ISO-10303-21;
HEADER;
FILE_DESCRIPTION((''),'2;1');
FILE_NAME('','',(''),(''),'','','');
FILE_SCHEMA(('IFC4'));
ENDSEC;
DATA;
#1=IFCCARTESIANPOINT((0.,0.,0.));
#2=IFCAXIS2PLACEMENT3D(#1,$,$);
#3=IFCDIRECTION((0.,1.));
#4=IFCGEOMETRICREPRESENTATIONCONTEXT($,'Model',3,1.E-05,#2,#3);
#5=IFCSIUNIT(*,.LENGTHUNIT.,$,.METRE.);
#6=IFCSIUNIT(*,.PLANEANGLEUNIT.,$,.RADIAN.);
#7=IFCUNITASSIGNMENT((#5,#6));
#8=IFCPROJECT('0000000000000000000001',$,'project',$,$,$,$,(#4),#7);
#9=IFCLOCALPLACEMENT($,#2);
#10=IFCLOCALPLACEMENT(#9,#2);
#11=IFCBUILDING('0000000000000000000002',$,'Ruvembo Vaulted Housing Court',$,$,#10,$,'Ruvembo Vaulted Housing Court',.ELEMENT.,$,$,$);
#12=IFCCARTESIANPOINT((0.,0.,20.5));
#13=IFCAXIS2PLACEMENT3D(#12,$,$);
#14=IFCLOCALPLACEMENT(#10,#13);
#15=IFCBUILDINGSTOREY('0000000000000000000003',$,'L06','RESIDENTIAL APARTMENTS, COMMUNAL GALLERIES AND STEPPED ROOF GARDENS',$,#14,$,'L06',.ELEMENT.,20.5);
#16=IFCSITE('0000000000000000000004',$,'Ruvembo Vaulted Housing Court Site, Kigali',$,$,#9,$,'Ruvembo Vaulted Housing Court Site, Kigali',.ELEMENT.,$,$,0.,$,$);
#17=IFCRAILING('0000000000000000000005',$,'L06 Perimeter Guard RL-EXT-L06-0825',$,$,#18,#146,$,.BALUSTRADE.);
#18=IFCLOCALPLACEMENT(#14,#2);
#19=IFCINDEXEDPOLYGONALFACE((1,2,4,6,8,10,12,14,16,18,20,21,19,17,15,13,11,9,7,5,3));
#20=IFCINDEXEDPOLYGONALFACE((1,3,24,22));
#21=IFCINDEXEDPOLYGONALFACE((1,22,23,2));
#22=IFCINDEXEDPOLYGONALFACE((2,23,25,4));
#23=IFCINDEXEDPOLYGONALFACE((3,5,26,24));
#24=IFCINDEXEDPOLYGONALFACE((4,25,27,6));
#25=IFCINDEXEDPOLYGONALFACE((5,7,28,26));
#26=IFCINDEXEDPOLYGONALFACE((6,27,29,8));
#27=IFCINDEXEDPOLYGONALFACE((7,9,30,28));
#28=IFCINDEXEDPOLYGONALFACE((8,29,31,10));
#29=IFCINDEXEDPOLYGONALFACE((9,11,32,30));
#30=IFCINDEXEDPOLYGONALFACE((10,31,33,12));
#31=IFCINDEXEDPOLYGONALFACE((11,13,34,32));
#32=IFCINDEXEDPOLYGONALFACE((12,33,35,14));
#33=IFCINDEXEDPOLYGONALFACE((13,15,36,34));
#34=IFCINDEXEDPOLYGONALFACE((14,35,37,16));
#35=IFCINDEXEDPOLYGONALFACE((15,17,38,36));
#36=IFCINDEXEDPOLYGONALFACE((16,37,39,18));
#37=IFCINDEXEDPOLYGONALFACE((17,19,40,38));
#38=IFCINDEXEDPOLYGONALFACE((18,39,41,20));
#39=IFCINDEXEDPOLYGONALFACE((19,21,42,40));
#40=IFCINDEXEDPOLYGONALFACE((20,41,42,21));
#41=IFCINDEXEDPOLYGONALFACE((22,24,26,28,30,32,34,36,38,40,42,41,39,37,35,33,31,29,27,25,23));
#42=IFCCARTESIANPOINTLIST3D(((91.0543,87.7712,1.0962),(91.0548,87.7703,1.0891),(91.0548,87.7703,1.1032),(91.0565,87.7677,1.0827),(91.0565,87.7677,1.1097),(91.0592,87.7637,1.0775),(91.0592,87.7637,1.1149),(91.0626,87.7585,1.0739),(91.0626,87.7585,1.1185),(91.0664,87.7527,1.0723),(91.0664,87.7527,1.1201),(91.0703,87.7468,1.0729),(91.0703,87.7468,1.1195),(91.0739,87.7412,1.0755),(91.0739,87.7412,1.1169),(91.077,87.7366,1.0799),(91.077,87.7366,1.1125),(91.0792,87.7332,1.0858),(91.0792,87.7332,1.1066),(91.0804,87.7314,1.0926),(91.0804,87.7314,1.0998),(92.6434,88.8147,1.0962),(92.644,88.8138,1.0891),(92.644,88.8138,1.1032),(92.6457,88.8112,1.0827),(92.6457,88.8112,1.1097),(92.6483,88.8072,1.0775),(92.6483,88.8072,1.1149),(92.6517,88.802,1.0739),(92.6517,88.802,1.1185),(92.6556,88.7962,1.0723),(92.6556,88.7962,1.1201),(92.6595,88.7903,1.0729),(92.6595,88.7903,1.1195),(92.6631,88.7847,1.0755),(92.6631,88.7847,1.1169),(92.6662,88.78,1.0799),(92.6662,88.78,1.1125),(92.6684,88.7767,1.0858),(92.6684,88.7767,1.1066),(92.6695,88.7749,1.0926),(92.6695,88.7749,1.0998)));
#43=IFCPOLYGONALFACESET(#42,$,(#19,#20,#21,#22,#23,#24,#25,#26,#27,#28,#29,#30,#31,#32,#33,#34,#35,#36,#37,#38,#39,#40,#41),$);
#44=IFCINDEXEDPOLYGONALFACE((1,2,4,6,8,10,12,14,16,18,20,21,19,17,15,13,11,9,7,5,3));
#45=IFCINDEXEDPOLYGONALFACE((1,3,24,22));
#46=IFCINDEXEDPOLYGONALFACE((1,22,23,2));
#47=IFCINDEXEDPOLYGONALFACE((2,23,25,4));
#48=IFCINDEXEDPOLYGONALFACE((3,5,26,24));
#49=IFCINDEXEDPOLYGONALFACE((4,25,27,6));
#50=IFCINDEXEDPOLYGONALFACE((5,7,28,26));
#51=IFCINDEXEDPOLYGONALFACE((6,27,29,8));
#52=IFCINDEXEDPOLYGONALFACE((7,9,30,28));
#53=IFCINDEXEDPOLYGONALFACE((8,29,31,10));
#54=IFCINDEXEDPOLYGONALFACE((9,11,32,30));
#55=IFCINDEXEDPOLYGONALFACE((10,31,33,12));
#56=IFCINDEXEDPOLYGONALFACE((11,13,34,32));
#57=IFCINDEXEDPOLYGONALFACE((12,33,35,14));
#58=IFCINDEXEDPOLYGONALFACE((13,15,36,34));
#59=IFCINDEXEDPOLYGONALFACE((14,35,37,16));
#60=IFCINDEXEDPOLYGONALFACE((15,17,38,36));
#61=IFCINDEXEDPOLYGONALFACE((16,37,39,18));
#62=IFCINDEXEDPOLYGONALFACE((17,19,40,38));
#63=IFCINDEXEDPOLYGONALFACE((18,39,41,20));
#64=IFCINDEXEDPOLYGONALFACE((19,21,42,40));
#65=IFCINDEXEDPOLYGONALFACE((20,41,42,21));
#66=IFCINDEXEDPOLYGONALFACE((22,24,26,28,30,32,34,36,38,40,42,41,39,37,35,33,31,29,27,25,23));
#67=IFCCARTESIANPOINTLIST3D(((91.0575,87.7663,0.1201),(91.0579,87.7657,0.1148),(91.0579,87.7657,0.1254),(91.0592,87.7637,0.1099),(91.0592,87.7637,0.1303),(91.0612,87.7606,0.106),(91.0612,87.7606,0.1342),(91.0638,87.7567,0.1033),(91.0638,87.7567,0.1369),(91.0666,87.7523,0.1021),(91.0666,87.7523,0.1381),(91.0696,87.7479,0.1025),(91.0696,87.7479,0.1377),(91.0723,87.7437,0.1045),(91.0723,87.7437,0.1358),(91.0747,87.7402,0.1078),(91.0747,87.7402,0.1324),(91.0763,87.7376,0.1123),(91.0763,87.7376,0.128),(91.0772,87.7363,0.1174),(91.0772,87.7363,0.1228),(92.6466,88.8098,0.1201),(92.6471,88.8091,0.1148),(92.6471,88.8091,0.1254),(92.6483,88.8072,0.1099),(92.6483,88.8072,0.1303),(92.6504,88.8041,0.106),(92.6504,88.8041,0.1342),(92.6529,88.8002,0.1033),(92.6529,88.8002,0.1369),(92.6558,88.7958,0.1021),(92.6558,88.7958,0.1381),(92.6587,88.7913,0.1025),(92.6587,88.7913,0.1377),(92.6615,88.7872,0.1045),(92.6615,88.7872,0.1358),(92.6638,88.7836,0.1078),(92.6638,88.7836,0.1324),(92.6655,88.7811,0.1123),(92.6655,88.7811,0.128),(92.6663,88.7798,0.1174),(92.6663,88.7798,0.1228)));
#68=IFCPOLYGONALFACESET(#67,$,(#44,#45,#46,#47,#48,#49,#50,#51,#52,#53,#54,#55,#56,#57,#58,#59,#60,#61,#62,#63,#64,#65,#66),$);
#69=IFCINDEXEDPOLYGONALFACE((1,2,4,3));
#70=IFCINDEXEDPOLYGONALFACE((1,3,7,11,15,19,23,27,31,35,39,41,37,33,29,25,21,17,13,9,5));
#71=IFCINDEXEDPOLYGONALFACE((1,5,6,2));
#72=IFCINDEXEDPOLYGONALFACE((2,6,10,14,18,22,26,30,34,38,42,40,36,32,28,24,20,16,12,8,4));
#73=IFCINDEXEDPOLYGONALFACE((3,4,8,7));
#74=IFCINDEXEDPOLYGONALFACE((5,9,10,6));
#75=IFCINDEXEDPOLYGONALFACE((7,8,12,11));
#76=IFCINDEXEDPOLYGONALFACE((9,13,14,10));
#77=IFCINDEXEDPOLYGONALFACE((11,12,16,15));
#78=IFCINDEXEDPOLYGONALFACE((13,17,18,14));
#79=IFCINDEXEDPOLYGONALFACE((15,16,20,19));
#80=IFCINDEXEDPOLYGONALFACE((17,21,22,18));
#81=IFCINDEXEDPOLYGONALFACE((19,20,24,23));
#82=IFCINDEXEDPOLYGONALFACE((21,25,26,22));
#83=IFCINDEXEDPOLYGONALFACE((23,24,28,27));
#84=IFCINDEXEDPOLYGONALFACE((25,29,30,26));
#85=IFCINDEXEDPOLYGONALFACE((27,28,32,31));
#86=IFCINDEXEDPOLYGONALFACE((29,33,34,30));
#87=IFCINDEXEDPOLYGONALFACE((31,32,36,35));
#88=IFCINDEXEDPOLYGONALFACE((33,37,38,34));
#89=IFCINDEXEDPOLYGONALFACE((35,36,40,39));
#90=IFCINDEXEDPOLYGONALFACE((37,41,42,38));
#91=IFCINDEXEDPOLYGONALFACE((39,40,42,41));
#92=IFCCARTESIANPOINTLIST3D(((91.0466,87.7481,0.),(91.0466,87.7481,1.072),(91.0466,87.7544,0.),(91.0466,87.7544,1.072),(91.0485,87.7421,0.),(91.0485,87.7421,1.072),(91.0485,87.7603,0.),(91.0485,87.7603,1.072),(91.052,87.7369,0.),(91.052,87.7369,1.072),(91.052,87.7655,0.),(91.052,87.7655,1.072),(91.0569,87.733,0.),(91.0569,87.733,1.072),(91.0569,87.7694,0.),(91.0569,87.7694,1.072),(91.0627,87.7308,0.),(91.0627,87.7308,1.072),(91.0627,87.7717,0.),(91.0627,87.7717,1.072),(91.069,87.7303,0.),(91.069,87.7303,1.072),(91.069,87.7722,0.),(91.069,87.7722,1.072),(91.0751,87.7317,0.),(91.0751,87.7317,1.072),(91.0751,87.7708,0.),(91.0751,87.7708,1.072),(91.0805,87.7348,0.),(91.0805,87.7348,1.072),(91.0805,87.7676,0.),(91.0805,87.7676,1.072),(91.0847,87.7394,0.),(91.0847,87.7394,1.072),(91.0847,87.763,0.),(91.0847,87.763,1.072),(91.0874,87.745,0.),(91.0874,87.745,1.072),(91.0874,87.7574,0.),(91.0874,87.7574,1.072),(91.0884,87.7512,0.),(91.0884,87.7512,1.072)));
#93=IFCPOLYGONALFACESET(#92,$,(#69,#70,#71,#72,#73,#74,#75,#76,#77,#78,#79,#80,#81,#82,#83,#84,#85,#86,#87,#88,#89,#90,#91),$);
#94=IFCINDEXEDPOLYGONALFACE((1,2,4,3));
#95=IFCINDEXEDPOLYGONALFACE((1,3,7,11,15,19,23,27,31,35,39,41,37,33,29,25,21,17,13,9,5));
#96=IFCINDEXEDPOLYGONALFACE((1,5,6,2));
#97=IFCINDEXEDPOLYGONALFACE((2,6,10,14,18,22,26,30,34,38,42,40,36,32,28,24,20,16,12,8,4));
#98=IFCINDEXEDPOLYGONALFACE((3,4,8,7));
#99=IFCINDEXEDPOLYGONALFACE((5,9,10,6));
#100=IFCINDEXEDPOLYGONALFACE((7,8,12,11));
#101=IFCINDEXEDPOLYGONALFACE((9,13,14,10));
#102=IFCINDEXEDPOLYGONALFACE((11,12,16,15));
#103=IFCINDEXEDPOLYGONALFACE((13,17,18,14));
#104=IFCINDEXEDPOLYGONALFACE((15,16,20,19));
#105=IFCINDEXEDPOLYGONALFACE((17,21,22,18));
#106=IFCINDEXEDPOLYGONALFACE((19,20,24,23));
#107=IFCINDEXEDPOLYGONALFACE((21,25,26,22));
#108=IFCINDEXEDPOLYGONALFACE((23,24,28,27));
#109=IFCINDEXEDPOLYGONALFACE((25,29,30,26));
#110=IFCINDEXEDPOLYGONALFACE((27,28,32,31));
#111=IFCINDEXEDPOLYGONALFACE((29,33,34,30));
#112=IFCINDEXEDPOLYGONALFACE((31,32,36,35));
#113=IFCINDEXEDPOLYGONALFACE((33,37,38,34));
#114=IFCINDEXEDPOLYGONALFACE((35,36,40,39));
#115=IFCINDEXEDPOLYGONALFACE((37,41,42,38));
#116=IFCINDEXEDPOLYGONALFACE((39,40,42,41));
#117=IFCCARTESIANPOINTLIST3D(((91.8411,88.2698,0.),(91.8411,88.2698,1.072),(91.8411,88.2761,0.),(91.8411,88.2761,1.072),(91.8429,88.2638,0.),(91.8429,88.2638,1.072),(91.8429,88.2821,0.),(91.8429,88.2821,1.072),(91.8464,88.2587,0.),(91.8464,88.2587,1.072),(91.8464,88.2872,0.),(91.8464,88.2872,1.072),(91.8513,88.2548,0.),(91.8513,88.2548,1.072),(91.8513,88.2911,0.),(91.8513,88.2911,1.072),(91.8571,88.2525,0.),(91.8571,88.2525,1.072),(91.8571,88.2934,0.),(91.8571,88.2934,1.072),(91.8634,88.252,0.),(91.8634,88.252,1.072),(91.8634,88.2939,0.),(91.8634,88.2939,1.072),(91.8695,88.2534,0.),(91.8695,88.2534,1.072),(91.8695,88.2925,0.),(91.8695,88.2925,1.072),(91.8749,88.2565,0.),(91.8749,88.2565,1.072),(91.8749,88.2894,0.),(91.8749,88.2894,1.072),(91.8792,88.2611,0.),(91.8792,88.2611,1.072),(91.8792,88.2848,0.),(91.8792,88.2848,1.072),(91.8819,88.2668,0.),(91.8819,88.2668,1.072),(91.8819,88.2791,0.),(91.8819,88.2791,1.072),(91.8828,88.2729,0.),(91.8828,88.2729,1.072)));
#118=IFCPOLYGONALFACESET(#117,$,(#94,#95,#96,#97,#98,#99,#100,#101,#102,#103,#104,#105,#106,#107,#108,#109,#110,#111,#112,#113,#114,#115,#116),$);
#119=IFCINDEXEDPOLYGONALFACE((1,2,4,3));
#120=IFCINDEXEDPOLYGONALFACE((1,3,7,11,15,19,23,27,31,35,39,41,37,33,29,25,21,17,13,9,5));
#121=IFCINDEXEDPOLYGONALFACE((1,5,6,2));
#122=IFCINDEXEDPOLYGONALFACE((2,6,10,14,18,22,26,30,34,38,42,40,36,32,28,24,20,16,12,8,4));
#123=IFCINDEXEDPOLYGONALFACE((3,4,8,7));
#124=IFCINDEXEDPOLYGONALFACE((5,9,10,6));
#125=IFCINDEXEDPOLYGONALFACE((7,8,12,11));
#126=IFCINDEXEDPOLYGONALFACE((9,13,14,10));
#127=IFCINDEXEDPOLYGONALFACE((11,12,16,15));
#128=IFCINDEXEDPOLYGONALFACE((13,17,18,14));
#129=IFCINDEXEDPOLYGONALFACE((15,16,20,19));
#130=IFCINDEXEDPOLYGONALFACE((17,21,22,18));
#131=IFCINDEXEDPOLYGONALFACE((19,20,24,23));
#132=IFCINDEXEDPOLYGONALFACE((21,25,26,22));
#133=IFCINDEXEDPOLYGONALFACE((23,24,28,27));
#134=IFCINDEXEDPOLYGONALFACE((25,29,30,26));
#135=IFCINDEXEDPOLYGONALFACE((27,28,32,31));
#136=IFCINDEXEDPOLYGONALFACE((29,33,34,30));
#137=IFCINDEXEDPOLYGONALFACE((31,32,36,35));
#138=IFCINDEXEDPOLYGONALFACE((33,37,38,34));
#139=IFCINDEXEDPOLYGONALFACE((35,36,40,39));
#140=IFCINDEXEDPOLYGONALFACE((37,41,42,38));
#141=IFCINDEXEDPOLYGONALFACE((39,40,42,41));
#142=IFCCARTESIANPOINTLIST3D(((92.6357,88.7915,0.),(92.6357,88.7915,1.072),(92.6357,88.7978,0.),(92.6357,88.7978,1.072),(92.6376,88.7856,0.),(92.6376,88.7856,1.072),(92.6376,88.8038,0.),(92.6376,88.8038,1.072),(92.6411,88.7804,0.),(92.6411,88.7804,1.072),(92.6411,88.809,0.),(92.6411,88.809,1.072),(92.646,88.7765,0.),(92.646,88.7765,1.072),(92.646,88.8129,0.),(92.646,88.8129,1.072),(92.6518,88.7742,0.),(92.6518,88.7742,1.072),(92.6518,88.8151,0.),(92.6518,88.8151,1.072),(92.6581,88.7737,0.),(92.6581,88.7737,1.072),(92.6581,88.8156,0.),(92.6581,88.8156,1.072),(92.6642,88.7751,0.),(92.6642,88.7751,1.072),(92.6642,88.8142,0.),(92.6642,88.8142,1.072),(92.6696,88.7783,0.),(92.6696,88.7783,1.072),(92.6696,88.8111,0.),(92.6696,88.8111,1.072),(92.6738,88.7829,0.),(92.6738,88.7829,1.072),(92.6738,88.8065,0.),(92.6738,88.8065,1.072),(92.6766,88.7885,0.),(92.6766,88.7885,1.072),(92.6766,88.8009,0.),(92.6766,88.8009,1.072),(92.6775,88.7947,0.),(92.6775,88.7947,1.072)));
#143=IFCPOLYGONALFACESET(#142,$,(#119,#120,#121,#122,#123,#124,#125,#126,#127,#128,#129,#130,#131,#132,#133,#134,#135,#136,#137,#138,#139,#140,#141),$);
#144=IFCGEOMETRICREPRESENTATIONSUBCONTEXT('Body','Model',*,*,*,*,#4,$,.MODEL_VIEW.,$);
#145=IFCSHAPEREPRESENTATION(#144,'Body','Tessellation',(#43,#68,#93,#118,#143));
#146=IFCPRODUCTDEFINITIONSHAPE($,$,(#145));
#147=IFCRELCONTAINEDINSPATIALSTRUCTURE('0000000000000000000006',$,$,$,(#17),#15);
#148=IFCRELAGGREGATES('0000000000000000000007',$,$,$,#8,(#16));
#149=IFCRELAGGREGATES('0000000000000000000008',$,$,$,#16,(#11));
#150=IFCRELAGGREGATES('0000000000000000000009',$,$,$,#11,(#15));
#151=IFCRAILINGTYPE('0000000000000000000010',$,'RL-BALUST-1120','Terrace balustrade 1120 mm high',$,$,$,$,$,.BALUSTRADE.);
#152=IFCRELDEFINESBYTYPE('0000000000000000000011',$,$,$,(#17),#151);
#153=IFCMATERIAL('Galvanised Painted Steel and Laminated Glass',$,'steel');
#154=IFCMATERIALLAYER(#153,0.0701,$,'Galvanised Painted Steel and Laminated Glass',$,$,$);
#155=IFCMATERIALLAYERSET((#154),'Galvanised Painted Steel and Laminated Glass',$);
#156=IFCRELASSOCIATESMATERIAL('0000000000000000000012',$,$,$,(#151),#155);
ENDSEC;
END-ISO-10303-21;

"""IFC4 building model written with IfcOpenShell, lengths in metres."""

from ifc_helpers import new_model, si_unit, direction, frame, origin, origin_2d, place, context, subcontext, project, spatial, circle, extrude, material, layer, layer_set, type_object, element, save


model = new_model("IFC4")

# Units and contexts
model_context = context("Model", 3, precision=1e-05, world=origin(), true_north=direction((0.0, 1.0)))
body_context = subcontext(model_context, "Body", "Model", "MODEL_VIEW")
ifc_project = project(units=[si_unit("LENGTHUNIT", "METRE"), si_unit("PLANEANGLEUNIT", "RADIAN")], contexts=[model_context])

# Site, building, storey
site_placement = place(None, origin())
site = spatial("IfcSite", under=ifc_project, at=site_placement, Name="Ruvembo Vaulted Housing Court Site, Kigali", LongName="Ruvembo Vaulted Housing Court Site, Kigali", CompositionType="ELEMENT", RefElevation=0.0)
building_placement = place(site_placement, origin())
building = spatial("IfcBuilding", under=site, at=building_placement, Name="Ruvembo Vaulted Housing Court", LongName="Ruvembo Vaulted Housing Court", CompositionType="ELEMENT")
storey_placement = place(building_placement, frame((0.0, 0.0, 20.5)))
storey = spatial("IfcBuildingStorey", under=building, at=storey_placement, Name="L06", Description="RESIDENTIAL APARTMENTS, COMMUNAL GALLERIES AND STEPPED ROOF GARDENS", LongName="L06", CompositionType="ELEMENT", Elevation=20.5)

# Railing
ifc_material_1 = material(Name="Galvanised Painted Steel and Laminated Glass", Category="steel")
ifc_layer_1 = layer(ifc_material_1, 0.0701, Name="Galvanised Painted Steel and Laminated Glass")
ifc_layer_set_1 = layer_set([ifc_layer_1], Name="Galvanised Painted Steel and Laminated Glass")
railing_type = type_object("IfcRailingType", Name="RL-BALUST-1120", Description="Terrace balustrade 1120 mm high", PredefinedType="BALUSTRADE", material=ifc_layer_set_1)
railing_1_placement = place(storey_placement, frame((91.0674, 87.7512, 0.0)))
element("IfcRailing", 1, at=railing_1_placement, inside=storey, type_object=railing_type, Name="L06 Perimeter Guard RL-EXT-L06-0825", PredefinedType="BALUSTRADE", context=body_context, shape_type="SweptSolid", body=[
    extrude(circle(Radius=0.0239, at=origin_2d()), frame((0.0, 0.0, 1.0962), z_axis=(0.835902, 0.548878, 0.0), x_axis=(-0.548878, 0.835902, 0.0)), (0.0, 0.0, 1.0), 1.9011),
    extrude(circle(Radius=0.0181, at=origin_2d()), frame((0.0, 0.0, 0.1201), z_axis=(0.835902, 0.548878, 0.0), x_axis=(-0.548878, 0.835902, 0.0)), (0.0, 0.0, 1.0), 1.9011),
    extrude(circle(Radius=0.021, at=origin_2d()), origin(), (0.0, 0.0, 1.0), 1.072),
    extrude(circle(Radius=0.021, at=origin_2d()), frame((0.7944, 0.5217, 0.0)), (0.0, 0.0, 1.0), 1.072),
    extrude(circle(Radius=0.021, at=origin_2d()), frame((1.5891, 1.0435, 0.0)), (0.0, 0.0, 1.0), 1.072),
])

save(model, "model.ifc")
